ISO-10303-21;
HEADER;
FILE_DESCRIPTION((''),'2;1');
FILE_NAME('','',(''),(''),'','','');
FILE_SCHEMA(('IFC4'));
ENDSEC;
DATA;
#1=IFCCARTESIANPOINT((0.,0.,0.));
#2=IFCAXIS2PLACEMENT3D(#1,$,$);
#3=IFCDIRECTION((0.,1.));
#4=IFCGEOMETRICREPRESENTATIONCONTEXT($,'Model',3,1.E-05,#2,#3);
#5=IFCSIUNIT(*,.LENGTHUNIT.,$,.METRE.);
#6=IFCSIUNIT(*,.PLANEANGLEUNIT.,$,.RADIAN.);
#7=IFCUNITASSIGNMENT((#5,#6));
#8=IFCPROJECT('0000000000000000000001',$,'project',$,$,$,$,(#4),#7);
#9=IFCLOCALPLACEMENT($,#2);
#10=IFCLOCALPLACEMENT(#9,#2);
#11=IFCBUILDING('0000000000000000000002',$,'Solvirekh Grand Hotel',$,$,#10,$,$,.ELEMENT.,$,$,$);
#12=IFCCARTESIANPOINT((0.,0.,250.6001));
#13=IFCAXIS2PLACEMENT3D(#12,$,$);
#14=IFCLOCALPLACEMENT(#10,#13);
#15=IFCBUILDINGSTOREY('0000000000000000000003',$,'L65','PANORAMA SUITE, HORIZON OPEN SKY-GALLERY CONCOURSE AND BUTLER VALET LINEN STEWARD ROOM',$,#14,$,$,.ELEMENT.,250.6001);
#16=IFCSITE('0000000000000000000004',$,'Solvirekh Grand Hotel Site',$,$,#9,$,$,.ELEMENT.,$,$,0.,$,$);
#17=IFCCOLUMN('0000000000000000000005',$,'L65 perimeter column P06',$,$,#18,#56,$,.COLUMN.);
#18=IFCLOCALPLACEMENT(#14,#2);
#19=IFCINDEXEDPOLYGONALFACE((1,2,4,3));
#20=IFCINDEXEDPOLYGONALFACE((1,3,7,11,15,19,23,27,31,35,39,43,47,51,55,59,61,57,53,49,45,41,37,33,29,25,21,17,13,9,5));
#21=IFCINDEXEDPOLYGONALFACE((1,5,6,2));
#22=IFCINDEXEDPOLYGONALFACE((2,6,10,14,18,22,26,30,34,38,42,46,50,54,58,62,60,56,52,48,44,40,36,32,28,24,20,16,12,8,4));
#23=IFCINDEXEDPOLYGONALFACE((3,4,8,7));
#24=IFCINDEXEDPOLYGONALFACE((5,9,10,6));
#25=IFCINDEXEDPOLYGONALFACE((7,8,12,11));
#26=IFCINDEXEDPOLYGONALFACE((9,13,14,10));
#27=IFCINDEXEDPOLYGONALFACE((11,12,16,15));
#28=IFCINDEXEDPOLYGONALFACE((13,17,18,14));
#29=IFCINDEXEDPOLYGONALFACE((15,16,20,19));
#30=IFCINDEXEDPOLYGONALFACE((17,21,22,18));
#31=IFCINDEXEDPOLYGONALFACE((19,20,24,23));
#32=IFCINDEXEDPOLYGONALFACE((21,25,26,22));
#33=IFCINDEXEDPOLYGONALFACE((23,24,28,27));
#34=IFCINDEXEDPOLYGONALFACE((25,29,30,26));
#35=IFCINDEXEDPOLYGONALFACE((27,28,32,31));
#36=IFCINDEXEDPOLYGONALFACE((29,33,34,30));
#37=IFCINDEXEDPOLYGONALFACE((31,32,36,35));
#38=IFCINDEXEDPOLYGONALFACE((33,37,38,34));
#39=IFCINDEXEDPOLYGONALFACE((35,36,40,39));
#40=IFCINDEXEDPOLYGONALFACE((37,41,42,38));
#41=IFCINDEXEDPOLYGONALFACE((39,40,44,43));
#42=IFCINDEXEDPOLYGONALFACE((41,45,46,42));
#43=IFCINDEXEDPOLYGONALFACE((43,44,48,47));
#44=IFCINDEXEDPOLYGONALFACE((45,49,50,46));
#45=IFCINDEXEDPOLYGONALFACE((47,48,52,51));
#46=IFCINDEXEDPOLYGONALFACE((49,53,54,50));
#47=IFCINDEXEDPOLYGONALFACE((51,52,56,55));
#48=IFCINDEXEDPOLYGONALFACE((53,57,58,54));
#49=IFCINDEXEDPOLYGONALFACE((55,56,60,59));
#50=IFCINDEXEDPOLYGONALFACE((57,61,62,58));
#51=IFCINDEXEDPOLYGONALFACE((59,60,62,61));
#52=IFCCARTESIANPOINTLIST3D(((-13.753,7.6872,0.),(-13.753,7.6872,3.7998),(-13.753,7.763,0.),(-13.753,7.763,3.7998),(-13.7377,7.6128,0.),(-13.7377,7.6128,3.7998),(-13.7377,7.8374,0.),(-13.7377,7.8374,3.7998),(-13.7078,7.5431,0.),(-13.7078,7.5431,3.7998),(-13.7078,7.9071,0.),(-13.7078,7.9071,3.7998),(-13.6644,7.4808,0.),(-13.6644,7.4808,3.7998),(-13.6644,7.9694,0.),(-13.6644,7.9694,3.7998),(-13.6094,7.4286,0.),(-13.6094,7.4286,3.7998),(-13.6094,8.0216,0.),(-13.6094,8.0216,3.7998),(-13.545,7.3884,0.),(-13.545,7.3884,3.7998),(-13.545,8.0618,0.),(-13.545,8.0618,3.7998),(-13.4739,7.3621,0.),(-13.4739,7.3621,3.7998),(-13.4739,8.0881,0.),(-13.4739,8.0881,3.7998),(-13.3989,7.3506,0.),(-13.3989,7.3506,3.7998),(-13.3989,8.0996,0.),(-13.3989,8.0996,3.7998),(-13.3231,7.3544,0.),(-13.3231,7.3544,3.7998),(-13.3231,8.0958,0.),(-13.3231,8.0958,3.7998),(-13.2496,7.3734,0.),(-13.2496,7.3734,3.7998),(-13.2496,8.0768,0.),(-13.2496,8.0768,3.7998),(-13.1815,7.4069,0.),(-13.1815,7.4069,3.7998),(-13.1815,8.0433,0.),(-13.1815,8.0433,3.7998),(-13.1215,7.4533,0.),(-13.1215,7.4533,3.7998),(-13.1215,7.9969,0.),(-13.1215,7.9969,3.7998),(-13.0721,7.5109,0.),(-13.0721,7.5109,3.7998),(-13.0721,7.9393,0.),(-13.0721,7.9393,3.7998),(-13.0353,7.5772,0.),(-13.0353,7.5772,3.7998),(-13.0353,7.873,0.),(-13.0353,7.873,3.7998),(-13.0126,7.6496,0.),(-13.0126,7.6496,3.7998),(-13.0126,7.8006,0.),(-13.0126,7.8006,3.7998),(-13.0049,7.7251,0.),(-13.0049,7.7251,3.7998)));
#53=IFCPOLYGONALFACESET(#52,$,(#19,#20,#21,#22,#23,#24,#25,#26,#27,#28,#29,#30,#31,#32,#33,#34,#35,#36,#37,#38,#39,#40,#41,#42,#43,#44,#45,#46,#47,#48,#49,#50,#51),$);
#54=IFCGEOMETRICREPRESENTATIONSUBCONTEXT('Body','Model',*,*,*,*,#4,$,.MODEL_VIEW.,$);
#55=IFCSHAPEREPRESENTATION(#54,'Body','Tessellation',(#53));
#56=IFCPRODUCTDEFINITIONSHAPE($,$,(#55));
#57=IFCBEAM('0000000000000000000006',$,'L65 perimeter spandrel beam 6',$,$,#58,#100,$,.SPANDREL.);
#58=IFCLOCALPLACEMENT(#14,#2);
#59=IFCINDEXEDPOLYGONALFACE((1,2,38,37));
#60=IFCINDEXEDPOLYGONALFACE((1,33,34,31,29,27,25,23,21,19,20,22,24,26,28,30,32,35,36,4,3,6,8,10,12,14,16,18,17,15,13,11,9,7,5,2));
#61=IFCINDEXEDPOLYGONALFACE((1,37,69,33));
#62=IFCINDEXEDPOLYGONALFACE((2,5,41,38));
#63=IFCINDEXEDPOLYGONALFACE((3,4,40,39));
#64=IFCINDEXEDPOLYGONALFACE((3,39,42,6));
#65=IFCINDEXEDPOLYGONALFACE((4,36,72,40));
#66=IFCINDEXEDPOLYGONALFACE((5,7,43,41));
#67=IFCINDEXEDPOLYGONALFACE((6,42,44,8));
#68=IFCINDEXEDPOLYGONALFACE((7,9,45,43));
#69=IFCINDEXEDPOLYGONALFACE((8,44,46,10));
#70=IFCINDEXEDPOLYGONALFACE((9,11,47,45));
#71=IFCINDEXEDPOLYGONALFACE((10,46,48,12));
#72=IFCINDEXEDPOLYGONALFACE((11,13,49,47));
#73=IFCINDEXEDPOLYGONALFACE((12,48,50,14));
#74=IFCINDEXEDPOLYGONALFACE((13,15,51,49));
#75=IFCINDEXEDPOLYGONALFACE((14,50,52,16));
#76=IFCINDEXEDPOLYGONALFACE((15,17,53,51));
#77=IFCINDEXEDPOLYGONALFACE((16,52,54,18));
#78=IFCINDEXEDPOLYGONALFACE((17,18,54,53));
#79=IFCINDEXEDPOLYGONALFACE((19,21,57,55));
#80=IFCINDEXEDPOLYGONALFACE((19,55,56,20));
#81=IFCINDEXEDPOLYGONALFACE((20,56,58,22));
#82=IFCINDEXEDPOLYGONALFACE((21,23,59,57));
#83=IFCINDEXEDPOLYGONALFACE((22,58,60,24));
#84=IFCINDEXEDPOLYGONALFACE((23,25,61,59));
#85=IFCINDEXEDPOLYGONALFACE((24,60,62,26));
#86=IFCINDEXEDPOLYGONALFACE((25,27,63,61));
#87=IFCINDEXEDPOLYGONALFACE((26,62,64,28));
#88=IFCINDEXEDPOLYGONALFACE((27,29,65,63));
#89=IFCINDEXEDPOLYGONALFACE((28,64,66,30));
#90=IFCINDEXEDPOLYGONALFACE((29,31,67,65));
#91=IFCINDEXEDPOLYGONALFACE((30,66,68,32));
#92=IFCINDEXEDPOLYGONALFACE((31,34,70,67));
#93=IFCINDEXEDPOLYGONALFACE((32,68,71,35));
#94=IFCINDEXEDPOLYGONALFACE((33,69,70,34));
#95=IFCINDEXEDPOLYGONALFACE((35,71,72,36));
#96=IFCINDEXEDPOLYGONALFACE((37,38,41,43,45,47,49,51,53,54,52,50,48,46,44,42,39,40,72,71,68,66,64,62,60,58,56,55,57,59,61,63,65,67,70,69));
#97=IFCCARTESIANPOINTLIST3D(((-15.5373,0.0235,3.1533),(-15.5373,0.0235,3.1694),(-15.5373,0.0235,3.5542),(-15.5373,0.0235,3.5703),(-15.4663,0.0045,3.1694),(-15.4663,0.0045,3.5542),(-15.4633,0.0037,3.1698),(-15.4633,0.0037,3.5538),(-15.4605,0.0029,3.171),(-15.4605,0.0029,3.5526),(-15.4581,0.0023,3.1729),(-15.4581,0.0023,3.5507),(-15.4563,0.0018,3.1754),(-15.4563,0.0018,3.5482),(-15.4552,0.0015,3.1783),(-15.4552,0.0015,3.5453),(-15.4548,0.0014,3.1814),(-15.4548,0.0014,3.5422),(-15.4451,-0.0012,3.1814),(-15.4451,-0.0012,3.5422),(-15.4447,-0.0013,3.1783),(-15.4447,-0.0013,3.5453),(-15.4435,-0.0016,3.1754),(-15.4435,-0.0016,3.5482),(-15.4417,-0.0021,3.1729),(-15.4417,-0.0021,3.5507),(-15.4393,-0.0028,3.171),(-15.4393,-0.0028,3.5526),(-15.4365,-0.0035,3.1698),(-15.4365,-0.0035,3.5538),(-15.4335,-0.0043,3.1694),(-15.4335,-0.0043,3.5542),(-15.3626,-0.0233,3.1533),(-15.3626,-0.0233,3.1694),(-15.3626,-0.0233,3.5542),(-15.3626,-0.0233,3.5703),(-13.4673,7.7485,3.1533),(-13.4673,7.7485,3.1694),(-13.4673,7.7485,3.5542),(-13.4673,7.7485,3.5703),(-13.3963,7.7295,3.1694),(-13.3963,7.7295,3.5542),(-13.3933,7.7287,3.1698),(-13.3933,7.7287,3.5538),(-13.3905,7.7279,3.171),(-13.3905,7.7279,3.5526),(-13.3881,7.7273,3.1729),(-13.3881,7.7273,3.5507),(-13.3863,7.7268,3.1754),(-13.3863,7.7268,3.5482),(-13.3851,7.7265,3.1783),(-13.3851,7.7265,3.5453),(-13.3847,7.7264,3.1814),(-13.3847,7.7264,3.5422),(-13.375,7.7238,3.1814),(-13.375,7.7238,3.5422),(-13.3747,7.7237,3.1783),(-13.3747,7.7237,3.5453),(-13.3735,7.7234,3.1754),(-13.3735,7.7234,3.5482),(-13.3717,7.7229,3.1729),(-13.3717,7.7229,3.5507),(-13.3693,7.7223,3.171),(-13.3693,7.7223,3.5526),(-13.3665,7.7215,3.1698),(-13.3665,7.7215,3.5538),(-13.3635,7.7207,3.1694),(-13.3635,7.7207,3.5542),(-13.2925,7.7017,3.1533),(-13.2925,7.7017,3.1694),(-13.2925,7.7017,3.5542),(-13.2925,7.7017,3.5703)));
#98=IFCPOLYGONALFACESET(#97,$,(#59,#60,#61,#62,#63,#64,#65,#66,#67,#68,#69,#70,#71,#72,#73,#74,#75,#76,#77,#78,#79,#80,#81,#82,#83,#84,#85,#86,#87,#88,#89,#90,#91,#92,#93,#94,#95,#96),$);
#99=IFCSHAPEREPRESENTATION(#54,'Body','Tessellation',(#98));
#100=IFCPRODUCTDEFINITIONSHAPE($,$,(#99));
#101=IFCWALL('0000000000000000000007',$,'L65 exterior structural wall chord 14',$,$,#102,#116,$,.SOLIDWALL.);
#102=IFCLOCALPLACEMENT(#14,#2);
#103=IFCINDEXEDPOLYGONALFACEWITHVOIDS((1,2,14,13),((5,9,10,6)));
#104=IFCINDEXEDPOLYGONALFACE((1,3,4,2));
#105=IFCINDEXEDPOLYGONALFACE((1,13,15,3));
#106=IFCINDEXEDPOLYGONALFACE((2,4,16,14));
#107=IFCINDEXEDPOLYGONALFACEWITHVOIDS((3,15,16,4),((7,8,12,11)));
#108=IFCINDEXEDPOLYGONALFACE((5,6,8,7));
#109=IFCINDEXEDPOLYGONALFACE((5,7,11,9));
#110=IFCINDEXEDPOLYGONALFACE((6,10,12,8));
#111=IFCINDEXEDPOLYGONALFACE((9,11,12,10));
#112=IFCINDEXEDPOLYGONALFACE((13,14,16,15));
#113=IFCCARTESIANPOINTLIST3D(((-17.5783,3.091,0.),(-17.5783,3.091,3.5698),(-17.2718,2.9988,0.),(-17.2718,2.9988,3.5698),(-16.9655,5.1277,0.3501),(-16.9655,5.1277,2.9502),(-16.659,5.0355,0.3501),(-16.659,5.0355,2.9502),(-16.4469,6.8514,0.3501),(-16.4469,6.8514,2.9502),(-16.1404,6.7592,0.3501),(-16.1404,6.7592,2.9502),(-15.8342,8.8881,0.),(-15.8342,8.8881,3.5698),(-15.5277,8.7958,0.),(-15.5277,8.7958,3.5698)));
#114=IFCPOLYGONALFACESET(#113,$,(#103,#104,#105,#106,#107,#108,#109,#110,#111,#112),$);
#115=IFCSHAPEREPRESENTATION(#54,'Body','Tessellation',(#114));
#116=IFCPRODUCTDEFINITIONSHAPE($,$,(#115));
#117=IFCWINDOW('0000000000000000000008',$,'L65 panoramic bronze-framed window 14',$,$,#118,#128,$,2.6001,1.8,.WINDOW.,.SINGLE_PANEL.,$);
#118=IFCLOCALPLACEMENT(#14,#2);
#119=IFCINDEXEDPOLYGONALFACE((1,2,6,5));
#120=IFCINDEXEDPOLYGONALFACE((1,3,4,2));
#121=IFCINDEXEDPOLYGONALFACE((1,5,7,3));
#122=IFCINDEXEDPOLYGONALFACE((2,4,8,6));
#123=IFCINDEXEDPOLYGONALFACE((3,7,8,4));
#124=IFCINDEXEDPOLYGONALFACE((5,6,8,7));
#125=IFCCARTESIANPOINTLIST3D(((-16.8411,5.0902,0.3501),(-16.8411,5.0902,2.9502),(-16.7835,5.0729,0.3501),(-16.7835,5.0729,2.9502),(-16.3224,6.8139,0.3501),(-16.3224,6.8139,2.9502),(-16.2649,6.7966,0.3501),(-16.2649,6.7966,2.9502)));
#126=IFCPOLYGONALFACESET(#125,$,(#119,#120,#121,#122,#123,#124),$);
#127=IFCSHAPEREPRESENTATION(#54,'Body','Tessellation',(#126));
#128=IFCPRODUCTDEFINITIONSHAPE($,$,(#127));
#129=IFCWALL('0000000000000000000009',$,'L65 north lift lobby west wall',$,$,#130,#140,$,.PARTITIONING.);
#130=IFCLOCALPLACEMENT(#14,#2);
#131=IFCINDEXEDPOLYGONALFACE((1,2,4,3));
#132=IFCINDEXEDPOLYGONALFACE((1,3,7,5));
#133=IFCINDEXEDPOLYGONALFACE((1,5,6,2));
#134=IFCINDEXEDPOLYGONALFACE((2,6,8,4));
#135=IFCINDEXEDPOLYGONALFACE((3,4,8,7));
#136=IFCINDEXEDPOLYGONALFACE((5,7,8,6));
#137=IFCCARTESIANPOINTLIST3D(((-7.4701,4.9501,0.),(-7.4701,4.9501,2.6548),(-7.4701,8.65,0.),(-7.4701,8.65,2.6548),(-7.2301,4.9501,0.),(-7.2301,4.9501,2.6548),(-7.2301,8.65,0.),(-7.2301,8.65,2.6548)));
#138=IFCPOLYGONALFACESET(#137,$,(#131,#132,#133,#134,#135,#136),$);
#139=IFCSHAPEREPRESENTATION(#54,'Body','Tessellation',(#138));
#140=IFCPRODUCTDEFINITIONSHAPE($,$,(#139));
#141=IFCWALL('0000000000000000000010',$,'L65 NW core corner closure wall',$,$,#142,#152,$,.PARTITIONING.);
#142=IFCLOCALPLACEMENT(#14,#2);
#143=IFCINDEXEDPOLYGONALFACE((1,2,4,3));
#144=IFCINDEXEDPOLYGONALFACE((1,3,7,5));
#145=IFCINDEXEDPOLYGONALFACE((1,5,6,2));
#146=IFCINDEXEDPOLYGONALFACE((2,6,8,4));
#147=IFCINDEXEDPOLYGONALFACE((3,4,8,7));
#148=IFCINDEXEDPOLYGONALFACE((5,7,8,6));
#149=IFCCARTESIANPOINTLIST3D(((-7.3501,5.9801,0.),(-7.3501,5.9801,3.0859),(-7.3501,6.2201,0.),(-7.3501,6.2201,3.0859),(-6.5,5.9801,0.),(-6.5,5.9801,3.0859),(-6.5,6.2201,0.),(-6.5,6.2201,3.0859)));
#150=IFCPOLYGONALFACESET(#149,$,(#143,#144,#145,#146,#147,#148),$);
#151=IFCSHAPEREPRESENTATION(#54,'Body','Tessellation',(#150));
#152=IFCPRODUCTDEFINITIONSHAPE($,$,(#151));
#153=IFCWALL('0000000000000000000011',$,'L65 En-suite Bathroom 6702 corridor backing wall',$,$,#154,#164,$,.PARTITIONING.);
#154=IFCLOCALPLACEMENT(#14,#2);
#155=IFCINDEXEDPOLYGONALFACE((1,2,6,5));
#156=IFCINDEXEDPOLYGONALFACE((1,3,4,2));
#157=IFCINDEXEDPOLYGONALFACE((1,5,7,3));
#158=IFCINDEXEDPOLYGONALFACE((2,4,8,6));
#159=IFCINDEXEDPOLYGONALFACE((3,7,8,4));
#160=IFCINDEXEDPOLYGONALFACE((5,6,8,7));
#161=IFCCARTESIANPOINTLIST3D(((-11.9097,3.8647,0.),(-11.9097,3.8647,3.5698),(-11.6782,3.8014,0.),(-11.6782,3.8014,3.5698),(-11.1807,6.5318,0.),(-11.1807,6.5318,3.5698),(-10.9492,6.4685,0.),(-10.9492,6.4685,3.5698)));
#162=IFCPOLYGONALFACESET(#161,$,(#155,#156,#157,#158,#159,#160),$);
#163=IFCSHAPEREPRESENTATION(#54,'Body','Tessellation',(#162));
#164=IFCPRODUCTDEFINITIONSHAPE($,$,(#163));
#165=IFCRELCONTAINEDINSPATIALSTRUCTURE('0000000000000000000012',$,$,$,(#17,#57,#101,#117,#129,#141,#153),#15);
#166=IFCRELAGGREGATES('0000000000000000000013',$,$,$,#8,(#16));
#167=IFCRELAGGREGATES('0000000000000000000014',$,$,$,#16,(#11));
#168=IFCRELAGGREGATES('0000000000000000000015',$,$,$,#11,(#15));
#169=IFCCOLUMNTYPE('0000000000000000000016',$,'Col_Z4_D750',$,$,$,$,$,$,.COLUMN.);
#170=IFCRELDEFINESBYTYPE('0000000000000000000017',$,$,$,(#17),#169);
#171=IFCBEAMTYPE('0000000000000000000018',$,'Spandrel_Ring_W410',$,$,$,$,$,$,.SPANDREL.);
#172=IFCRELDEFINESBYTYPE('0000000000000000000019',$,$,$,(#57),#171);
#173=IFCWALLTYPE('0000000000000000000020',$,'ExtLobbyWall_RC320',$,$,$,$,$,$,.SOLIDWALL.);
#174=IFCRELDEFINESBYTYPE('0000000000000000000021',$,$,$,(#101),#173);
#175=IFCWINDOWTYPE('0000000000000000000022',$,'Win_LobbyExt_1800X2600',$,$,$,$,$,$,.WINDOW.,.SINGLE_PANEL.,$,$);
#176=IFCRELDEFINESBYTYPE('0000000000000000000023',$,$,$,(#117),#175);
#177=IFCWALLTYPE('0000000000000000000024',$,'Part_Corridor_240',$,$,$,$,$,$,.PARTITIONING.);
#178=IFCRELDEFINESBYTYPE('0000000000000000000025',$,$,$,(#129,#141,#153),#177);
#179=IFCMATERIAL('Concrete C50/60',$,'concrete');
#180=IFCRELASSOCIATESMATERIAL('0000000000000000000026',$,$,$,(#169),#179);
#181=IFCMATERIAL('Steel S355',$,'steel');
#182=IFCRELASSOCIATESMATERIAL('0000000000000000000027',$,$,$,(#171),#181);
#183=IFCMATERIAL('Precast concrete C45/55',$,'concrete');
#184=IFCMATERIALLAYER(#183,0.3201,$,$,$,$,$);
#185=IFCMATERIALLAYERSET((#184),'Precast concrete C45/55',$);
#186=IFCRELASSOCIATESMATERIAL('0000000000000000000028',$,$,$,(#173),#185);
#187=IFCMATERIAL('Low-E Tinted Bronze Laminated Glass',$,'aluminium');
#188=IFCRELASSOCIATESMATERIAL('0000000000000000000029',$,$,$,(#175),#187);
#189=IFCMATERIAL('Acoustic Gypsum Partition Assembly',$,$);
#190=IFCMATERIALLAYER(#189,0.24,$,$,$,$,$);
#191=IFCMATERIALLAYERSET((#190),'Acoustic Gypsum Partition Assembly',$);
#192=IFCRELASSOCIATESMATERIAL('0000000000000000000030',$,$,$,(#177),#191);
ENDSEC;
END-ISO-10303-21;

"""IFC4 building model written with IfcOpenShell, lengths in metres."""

from ifc_helpers import new_model, si_unit, direction, frame, frame_2d, origin, origin_2d, place, context, subcontext, project, spatial, rectangle, circle, i_section, extrude, material, layer, layer_set, material_profile, profile_set, type_object, element, fill, save


model = new_model("IFC4")

# Units and contexts
model_context = context("Model", 3, precision=1e-05, world=origin(), true_north=direction((0.0, 1.0)))
body_context = subcontext(model_context, "Body", "Model", "MODEL_VIEW")
ifc_project = project(units=[si_unit("LENGTHUNIT", "METRE"), si_unit("PLANEANGLEUNIT", "RADIAN")], contexts=[model_context])

# Site, building, storey
site_placement = place(None, origin())
site = spatial("IfcSite", under=ifc_project, at=site_placement, Name="Solvirekh Grand Hotel Site", CompositionType="ELEMENT", RefElevation=0.0)
building_placement = place(site_placement, origin())
building = spatial("IfcBuilding", under=site, at=building_placement, Name="Solvirekh Grand Hotel", CompositionType="ELEMENT")
storey_placement = place(building_placement, frame((0.0, 0.0, 250.6001)))
storey = spatial("IfcBuildingStorey", under=building, at=storey_placement, Name="L65", Description="PANORAMA SUITE, HORIZON OPEN SKY-GALLERY CONCOURSE AND BUTLER VALET LINEN STEWARD ROOM", CompositionType="ELEMENT", Elevation=250.6001)

# Column
ifc_material_1 = material(Name="Concrete C50/60", Category="concrete")
ifc_material_profile_1 = material_profile(ifc_material_1, circle(Radius=0.375, at=origin_2d()), Name="RC CIRC D750")
ifc_profile_set_1 = profile_set([ifc_material_profile_1], Name="Concrete C50/60")
column_type = type_object("IfcColumnType", Name="Col_Z4_D750", PredefinedType="COLUMN", material=ifc_profile_set_1)
column_placement = place(storey_placement, frame((-13.3799, 7.7251, 0.0), z_axis=(0.0, 0.0, 1.0), x_axis=(1.0, 0.0, 0.0)))
element("IfcColumn", 1, at=column_placement, inside=storey, type_object=column_type, Name="L65 perimeter column P06", PredefinedType="COLUMN", context=body_context, shape_type="SweptSolid", body=[
    extrude(circle(Radius=0.375, at=origin_2d()), origin(), (0.0, 0.0, 1.0), 3.7998),
])

# Beam
ifc_material_2 = material(Name="Steel S355", Category="steel")
ifc_material_profile_2 = material_profile(ifc_material_2, i_section(OverallWidth=0.1809, OverallDepth=0.417, WebThickness=0.01, FlangeThickness=0.0161, FilletRadius=0.012, at=origin_2d()), Name="W410X85")
ifc_profile_set_2 = profile_set([ifc_material_profile_2], Name="Steel S355")
beam_type = type_object("IfcBeamType", Name="Spandrel_Ring_W410", PredefinedType="SPANDREL", material=ifc_profile_set_2)
beam_placement = place(storey_placement, frame((-13.3799, 7.7251, 3.3618), z_axis=(-0.258835, -0.965922, 0.0), x_axis=(0.965922, -0.258835, 0.0)))
element("IfcBeam", 2, at=beam_placement, inside=storey, type_object=beam_type, Name="L65 perimeter spandrel beam 6", PredefinedType="SPANDREL", context=body_context, shape_type="SweptSolid", body=[
    extrude(i_section(OverallWidth=0.1809, OverallDepth=0.417, WebThickness=0.01, FlangeThickness=0.0161, FilletRadius=0.012, at=origin_2d()), origin(), (0.0, 0.0, 1.0), 7.9976),
])

# Wall, opening, window
ifc_material_3 = material(Name="Precast concrete C45/55", Category="concrete")
ifc_layer_1 = layer(ifc_material_3, 0.3201)
ifc_layer_set_1 = layer_set([ifc_layer_1], Name="Precast concrete C45/55")
wall_type_1 = type_object("IfcWallType", Name="ExtLobbyWall_RC320", PredefinedType="SOLIDWALL", material=ifc_layer_set_1)
wall_1_placement = place(storey_placement, frame((-17.425, 3.0449, 0.0), z_axis=(0.0, 0.0, 1.0), x_axis=(0.288106, 0.957598, 0.0)))
wall_1 = element("IfcWall", 3, at=wall_1_placement, inside=storey, type_object=wall_type_1, Name="L65 exterior structural wall chord 14", PredefinedType="SOLIDWALL", context=body_context, shape_type="SweptSolid", body=[
    extrude(rectangle(XDim=6.0537, YDim=0.3201, at=frame_2d((3.0269, 0.0))), origin(), (0.0, 0.0, 1.0), 3.5698),
])
opening_1_placement = place(wall_1_placement, frame((2.127, 0.0, 0.3501)))
opening_1 = element("IfcOpeningElement", 4, at=opening_1_placement, cuts=wall_1, PredefinedType="OPENING", context=body_context, shape_type="SweptSolid", body=[
    extrude(rectangle(XDim=1.8, YDim=2.6001, at=frame_2d((0.8999, 1.3))), frame((0.0, 0.1699, 0.0), z_axis=(0.0, -1.0, 0.0), x_axis=(1.0, 0.0, 0.0)), (0.0, 0.0, 1.0), 0.3401),
])
ifc_material_4 = material(Name="Low-E Tinted Bronze Laminated Glass", Category="aluminium")
window_type = type_object("IfcWindowType", Name="Win_LobbyExt_1800X2600", PartitioningType="SINGLE_PANEL", PredefinedType="WINDOW", material=ifc_material_4)
window_placement = place(opening_1_placement, origin())
window = element("IfcWindow", 5, at=window_placement, inside=storey, type_object=window_type, Name="L65 panoramic bronze-framed window 14", OverallHeight=2.6001, OverallWidth=1.8, PartitioningType="SINGLE_PANEL", PredefinedType="WINDOW", context=body_context, shape_type="SweptSolid", body=[
    extrude(rectangle(XDim=1.8, YDim=2.6001, at=frame_2d((0.8999, 1.3))), frame((0.0, 0.03, 0.0), z_axis=(0.0, -1.0, 0.0), x_axis=(1.0, 0.0, 0.0)), (0.0, 0.0, 1.0), 0.0601),
])
fill(opening_1, window)

# Walls
ifc_material_5 = material(Name="Acoustic Gypsum Partition Assembly")
ifc_layer_2 = layer(ifc_material_5, 0.24)
ifc_layer_set_2 = layer_set([ifc_layer_2], Name="Acoustic Gypsum Partition Assembly")
wall_type_2 = type_object("IfcWallType", Name="Part_Corridor_240", PredefinedType="PARTITIONING", material=ifc_layer_set_2)
wall_2_placement = place(storey_placement, frame((-7.3501, 4.95, 0.0), z_axis=(0.0, 0.0, 1.0), x_axis=(0.0, 1.0, 0.0)))
element("IfcWall", 6, at=wall_2_placement, inside=storey, type_object=wall_type_2, Name="L65 north lift lobby west wall", PredefinedType="PARTITIONING", context=body_context, shape_type="SweptSolid", body=[
    extrude(rectangle(XDim=3.7, YDim=0.24, at=frame_2d((1.8501, 0.0))), origin(), (0.0, 0.0, 1.0), 2.6548),
])
wall_3_placement = place(storey_placement, frame((-7.3501, 6.1001, 0.0), z_axis=(0.0, 0.0, 1.0), x_axis=(1.0, 0.0, 0.0)))
element("IfcWall", 7, at=wall_3_placement, inside=storey, type_object=wall_type_2, Name="L65 NW core corner closure wall", PredefinedType="PARTITIONING", context=body_context, shape_type="SweptSolid", body=[
    extrude(rectangle(XDim=0.8501, YDim=0.24, at=frame_2d((0.425, 0.0))), origin(), (0.0, 0.0, 1.0), 3.0859),
])
wall_4_placement = place(storey_placement, frame((-11.0649, 6.5, 0.0), z_axis=(0.0, 0.0, 1.0), x_axis=(-0.26367, -0.964613, 0.0)))
element("IfcWall", 8, at=wall_4_placement, inside=storey, type_object=wall_type_2, Name="L65 En-suite Bathroom 6702 corridor backing wall", PredefinedType="PARTITIONING", context=body_context, shape_type="SweptSolid", body=[
    extrude(rectangle(XDim=2.7649, YDim=0.24, at=frame_2d((1.3823, 0.0))), origin(), (0.0, 0.0, 1.0), 3.5698),
])

save(model, "model.ifc")
